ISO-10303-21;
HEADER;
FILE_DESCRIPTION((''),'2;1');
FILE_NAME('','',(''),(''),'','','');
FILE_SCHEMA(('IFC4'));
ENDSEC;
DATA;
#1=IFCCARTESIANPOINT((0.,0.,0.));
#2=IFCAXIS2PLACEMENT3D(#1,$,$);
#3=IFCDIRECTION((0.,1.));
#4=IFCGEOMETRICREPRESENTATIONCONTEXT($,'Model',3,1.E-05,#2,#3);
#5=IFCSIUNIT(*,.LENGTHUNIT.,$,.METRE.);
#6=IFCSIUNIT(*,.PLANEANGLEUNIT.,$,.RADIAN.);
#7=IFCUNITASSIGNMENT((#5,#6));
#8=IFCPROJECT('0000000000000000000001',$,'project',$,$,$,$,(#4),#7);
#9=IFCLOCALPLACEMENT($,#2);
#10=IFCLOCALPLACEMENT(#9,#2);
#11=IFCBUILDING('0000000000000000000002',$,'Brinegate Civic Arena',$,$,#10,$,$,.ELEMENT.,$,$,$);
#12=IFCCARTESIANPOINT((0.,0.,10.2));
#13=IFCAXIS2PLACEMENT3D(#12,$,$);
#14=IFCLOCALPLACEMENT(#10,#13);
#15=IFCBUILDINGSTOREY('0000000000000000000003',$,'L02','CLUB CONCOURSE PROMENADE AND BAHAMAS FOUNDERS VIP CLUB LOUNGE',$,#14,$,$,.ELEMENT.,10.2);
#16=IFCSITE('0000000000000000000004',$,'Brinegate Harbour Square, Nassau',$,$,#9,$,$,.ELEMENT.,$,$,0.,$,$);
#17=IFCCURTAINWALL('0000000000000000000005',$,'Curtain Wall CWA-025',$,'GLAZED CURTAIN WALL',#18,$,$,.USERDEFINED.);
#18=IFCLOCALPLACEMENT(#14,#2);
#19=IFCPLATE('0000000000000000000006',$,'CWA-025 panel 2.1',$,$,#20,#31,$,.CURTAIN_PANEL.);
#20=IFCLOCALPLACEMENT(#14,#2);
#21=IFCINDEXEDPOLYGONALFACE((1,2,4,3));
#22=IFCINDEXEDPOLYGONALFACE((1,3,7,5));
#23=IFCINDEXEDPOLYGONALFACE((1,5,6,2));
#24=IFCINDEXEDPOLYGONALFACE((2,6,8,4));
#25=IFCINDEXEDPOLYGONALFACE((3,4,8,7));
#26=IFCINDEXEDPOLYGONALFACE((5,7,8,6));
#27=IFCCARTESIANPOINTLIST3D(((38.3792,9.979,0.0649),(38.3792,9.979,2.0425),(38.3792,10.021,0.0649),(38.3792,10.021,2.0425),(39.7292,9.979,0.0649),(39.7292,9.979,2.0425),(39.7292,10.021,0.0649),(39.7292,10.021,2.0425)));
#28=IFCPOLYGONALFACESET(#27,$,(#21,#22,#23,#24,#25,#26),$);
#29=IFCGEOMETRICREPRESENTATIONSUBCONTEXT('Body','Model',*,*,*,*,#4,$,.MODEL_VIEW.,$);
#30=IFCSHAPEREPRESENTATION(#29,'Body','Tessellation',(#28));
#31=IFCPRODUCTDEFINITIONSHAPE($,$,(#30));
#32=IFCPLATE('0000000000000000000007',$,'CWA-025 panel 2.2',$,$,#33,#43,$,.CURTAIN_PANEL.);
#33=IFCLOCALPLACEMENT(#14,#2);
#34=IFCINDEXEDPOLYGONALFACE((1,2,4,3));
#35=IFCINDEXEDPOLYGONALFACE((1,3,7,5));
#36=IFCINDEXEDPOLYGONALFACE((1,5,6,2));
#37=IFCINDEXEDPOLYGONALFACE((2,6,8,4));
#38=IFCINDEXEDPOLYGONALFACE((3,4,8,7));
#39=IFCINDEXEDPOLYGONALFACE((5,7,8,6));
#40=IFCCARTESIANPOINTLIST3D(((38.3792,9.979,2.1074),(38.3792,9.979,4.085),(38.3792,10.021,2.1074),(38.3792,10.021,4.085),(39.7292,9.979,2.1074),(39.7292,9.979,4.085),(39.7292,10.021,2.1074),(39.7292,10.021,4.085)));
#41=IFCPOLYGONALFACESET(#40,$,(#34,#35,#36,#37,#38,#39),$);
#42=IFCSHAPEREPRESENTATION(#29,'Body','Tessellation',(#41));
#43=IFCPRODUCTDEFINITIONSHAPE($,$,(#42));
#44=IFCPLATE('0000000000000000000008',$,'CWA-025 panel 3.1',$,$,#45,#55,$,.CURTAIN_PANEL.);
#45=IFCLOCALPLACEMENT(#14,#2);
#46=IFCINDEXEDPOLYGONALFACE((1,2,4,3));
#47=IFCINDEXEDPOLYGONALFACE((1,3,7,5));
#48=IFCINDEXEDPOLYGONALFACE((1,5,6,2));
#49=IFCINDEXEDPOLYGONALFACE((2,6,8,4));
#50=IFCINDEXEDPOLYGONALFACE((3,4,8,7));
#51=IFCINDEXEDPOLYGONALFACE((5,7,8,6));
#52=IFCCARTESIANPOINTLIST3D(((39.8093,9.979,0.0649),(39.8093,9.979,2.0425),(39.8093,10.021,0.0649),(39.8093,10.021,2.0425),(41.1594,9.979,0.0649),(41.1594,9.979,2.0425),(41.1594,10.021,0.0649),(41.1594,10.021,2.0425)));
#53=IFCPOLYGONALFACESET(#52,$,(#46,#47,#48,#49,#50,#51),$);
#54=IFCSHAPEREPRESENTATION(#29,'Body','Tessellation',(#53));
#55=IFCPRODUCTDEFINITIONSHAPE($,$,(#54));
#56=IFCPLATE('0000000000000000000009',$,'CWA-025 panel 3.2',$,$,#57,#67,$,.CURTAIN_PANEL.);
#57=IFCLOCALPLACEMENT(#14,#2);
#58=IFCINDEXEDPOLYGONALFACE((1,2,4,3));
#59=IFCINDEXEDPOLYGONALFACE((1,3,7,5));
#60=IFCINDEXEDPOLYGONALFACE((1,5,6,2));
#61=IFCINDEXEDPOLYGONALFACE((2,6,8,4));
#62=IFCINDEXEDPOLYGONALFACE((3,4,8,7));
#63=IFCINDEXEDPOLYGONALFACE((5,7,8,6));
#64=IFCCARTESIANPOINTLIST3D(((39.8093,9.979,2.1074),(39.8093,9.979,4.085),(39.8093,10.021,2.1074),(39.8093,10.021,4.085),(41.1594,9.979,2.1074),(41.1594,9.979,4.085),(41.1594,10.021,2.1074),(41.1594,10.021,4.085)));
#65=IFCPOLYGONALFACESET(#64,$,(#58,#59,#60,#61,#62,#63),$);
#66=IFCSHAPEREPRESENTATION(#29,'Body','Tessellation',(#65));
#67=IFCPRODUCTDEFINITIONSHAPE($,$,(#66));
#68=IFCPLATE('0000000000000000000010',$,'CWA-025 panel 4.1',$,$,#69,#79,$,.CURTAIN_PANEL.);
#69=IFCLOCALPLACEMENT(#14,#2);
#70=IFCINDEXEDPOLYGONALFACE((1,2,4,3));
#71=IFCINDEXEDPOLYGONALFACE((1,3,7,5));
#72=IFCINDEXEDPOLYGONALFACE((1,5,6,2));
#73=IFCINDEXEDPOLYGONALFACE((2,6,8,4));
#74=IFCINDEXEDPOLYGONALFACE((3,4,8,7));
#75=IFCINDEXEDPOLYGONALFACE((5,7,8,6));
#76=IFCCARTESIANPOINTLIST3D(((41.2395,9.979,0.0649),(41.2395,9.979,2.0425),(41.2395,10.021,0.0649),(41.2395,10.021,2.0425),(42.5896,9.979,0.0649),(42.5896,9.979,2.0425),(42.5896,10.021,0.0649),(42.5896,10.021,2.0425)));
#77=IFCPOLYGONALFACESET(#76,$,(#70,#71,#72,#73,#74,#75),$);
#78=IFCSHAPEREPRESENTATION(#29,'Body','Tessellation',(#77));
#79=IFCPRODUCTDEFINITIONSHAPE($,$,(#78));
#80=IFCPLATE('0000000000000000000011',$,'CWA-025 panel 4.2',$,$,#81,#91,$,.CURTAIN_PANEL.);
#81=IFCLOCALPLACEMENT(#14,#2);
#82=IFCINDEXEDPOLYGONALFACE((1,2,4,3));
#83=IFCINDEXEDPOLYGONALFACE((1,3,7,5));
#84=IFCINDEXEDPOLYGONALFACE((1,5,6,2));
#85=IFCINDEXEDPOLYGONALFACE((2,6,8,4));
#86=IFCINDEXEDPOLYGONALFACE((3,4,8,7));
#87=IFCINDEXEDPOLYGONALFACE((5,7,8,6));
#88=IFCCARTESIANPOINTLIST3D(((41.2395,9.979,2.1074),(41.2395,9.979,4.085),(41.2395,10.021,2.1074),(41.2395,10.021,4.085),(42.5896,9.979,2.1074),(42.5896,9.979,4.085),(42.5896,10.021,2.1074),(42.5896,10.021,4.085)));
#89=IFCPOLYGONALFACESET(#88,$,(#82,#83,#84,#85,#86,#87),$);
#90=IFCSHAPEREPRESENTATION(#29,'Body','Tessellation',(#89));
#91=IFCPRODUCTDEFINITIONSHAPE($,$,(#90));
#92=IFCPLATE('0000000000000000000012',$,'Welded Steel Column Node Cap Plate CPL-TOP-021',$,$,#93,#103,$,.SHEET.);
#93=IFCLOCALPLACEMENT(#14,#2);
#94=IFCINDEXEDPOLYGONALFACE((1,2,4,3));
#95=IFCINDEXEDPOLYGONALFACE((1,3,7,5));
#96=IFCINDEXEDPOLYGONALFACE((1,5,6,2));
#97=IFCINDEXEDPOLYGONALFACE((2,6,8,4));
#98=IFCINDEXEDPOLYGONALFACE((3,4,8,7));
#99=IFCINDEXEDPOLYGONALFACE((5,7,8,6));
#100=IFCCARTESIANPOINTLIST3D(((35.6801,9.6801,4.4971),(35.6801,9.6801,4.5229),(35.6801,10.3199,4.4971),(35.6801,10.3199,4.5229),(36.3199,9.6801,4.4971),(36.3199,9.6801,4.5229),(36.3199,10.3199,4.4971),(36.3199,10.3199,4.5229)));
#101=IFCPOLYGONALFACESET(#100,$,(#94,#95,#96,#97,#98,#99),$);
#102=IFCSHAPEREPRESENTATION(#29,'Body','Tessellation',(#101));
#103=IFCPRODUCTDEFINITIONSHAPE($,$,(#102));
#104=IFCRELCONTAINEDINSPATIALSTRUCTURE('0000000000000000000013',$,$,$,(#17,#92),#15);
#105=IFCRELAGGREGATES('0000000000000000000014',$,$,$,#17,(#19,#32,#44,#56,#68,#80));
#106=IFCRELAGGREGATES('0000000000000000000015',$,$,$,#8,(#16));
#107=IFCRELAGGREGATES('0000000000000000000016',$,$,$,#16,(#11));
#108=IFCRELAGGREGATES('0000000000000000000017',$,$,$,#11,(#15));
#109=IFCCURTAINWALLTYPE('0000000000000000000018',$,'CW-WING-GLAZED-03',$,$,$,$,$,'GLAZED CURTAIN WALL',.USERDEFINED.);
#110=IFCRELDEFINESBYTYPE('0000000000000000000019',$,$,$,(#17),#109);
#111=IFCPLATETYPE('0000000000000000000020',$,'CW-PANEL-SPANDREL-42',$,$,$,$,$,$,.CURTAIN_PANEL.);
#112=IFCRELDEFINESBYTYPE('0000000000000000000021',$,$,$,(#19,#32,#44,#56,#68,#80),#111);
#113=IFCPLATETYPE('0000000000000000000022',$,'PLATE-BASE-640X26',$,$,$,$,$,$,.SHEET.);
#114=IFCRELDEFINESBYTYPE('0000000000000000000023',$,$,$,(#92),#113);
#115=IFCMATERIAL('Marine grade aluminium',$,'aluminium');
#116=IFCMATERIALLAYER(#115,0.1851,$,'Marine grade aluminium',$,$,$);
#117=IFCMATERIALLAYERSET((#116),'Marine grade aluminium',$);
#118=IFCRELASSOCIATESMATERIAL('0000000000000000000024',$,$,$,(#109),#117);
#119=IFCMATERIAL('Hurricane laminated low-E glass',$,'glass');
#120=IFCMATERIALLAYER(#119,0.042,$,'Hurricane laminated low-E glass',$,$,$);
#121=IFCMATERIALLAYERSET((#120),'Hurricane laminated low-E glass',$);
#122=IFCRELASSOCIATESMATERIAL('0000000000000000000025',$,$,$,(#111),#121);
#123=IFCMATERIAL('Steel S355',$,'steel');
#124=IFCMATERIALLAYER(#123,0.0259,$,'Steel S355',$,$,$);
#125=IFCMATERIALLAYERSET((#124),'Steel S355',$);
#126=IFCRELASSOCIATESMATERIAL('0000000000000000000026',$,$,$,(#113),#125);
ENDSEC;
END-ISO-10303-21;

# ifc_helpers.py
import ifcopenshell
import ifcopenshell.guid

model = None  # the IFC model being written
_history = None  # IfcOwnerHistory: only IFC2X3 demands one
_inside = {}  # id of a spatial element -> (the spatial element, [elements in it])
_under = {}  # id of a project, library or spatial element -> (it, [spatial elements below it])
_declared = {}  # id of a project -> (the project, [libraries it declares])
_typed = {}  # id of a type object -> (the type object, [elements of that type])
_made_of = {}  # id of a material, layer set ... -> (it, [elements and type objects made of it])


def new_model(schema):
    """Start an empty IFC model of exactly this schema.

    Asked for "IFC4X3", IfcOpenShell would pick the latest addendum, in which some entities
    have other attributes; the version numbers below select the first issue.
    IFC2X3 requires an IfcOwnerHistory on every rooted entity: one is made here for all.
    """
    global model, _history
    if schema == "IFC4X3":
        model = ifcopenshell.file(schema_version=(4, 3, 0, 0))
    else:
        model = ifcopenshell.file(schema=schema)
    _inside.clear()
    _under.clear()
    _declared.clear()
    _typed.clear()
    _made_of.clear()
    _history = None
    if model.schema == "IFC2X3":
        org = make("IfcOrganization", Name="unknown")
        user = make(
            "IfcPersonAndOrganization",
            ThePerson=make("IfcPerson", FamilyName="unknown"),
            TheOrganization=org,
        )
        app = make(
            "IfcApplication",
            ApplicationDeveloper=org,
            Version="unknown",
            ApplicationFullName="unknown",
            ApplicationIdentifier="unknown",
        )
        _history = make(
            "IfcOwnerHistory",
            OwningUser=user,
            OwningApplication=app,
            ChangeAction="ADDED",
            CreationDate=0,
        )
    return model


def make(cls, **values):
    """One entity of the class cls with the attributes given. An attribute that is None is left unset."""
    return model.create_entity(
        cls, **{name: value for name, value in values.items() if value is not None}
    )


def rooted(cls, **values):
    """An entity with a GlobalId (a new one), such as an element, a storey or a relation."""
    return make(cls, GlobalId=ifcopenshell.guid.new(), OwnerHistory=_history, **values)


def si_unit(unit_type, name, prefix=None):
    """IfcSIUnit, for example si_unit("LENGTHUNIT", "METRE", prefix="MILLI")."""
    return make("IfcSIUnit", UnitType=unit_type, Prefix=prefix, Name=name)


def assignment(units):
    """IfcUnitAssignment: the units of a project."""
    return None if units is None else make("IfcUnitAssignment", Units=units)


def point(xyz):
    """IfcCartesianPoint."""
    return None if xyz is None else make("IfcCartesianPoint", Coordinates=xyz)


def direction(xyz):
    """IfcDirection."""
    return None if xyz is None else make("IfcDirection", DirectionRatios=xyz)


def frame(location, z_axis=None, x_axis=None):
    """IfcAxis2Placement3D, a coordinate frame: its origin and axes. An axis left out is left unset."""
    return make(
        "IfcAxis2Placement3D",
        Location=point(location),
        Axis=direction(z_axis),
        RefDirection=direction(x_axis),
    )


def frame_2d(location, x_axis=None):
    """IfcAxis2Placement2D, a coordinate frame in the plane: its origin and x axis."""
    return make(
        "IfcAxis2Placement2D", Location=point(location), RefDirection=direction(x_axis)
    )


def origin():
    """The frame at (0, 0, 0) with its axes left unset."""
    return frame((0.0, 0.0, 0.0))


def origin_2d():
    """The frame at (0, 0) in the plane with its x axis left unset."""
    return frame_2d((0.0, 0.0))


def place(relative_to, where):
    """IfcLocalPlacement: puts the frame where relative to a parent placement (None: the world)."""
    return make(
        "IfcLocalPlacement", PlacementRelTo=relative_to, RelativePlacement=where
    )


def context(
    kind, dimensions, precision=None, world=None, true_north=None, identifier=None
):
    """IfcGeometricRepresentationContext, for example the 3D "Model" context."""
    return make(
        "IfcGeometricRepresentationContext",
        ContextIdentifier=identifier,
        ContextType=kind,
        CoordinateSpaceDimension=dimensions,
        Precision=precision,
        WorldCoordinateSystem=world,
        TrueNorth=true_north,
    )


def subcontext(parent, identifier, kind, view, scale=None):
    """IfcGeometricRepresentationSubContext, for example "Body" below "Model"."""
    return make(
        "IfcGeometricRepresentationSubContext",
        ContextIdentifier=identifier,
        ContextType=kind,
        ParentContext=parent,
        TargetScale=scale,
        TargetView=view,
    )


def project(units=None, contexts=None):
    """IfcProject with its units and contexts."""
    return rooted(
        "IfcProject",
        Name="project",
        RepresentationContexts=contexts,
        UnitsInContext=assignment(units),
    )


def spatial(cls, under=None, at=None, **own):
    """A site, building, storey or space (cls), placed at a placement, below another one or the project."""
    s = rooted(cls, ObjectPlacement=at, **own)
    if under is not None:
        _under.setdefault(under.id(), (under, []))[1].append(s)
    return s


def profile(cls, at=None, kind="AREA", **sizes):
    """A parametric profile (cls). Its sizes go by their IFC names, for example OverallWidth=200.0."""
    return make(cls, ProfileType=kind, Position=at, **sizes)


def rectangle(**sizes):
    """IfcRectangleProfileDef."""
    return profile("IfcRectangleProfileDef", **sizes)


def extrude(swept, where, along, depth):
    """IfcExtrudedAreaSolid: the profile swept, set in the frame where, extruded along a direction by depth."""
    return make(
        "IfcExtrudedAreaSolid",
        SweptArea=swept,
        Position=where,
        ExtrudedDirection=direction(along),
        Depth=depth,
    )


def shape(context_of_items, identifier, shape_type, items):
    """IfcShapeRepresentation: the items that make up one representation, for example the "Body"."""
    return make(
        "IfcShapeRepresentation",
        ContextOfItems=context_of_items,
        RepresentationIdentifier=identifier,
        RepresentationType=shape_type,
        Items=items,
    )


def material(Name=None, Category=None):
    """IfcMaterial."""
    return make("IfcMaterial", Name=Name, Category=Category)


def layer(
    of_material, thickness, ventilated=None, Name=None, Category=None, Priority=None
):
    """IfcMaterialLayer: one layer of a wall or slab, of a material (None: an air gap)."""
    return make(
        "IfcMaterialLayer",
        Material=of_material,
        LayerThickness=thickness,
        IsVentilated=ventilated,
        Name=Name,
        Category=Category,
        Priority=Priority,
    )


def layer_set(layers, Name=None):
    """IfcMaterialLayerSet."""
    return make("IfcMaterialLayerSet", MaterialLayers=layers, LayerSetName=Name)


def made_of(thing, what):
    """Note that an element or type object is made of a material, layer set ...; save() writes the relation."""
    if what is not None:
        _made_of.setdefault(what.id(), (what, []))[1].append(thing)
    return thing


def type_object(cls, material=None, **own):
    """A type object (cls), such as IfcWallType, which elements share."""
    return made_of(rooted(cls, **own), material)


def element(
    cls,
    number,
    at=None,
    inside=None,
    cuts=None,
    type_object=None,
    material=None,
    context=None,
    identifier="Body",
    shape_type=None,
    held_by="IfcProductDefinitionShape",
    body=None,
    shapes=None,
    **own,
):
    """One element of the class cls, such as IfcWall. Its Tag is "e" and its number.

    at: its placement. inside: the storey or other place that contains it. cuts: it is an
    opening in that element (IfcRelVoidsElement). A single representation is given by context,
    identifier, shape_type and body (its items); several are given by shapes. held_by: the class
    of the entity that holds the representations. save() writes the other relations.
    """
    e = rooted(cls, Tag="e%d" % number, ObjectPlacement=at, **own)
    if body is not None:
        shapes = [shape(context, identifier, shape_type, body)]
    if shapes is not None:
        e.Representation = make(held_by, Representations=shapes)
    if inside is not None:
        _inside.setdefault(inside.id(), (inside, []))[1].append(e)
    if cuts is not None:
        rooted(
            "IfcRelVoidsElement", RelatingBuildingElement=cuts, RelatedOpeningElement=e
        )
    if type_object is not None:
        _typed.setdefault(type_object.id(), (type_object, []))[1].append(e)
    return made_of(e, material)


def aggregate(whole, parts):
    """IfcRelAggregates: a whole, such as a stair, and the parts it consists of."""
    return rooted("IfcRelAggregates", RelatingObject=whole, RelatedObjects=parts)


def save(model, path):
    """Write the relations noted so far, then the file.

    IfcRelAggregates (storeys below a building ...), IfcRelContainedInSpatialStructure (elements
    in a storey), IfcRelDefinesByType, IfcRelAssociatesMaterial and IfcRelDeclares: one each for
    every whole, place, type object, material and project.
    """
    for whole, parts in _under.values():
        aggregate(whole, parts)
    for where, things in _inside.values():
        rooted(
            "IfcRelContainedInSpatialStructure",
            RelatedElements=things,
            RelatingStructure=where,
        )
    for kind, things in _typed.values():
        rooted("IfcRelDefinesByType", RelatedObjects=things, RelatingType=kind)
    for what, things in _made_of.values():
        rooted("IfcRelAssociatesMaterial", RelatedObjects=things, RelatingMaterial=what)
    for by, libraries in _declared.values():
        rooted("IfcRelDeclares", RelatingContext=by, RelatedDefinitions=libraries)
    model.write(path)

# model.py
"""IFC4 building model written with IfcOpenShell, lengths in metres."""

from ifc_helpers import new_model, si_unit, direction, frame, origin, origin_2d, place, context, subcontext, project, spatial, rectangle, extrude, material, layer, layer_set, type_object, element, aggregate, save


model = new_model("IFC4")

# Units and contexts
model_context = context("Model", 3, precision=1e-05, world=origin(), true_north=direction((0.0, 1.0)))
body_context = subcontext(model_context, "Body", "Model", "MODEL_VIEW")
ifc_project = project(units=[si_unit("LENGTHUNIT", "METRE"), si_unit("PLANEANGLEUNIT", "RADIAN")], contexts=[model_context])

# Site, building, storey
site_placement = place(None, origin())
site = spatial("IfcSite", under=ifc_project, at=site_placement, Name="Brinegate Harbour Square, Nassau", CompositionType="ELEMENT", RefElevation=0.0)
building_placement = place(site_placement, origin())
building = spatial("IfcBuilding", under=site, at=building_placement, Name="Brinegate Civic Arena", CompositionType="ELEMENT")
storey_placement = place(building_placement, frame((0.0, 0.0, 10.2)))
storey = spatial("IfcBuildingStorey", under=building, at=storey_placement, Name="L02", Description="CLUB CONCOURSE PROMENADE AND BAHAMAS FOUNDERS VIP CLUB LOUNGE", CompositionType="ELEMENT", Elevation=10.2)

# Shared definitions
ifc_material_1 = material(Name="Steel S355", Category="steel")

# Curtain wall
ifc_material_2 = material(Name="Marine grade aluminium", Category="aluminium")
ifc_layer_1 = layer(ifc_material_2, 0.1851, Name="Marine grade aluminium")
ifc_layer_set_1 = layer_set([ifc_layer_1], Name="Marine grade aluminium")
curtain_wall_type = type_object("IfcCurtainWallType", Name="CW-WING-GLAZED-03", ElementType="GLAZED CURTAIN WALL", PredefinedType="USERDEFINED", material=ifc_layer_set_1)
curtain_wall_1_placement = place(storey_placement, origin())
curtain_wall_1 = element("IfcCurtainWall", 1, at=curtain_wall_1_placement, inside=storey, type_object=curtain_wall_type, Name="Curtain Wall CWA-025", ObjectType="GLAZED CURTAIN WALL", PredefinedType="USERDEFINED")

# Plates
ifc_material_3 = material(Name="Hurricane laminated low-E glass", Category="glass")
ifc_layer_2 = layer(ifc_material_3, 0.042, Name="Hurricane laminated low-E glass")
ifc_layer_set_2 = layer_set([ifc_layer_2], Name="Hurricane laminated low-E glass")
plate_type_1 = type_object("IfcPlateType", Name="CW-PANEL-SPANDREL-42", PredefinedType="CURTAIN_PANEL", material=ifc_layer_set_2)
plate_1_placement = place(storey_placement, frame((39.0542, 10.0, 0.0649), z_axis=(0.0, 0.0, 1.0), x_axis=(1.0, 0.0, 0.0)))
plate_1 = element("IfcPlate", 2, at=plate_1_placement, type_object=plate_type_1, Name="CWA-025 panel 2.1", PredefinedType="CURTAIN_PANEL", context=body_context, shape_type="SweptSolid", body=[
    extrude(rectangle(XDim=1.3501, YDim=0.042, at=origin_2d()), origin(), (0.0, 0.0, 1.0), 1.9775),
])
plate_2_placement = place(storey_placement, frame((39.0542, 10.0, 2.1074), z_axis=(0.0, 0.0, 1.0), x_axis=(1.0, 0.0, 0.0)))
plate_2 = element("IfcPlate", 3, at=plate_2_placement, type_object=plate_type_1, Name="CWA-025 panel 2.2", PredefinedType="CURTAIN_PANEL", context=body_context, shape_type="SweptSolid", body=[
    extrude(rectangle(XDim=1.3501, YDim=0.042, at=origin_2d()), origin(), (0.0, 0.0, 1.0), 1.9775),
])
plate_3_placement = place(storey_placement, frame((40.4844, 10.0, 0.0649), z_axis=(0.0, 0.0, 1.0), x_axis=(1.0, 0.0, 0.0)))
plate_3 = element("IfcPlate", 4, at=plate_3_placement, type_object=plate_type_1, Name="CWA-025 panel 3.1", PredefinedType="CURTAIN_PANEL", context=body_context, shape_type="SweptSolid", body=[
    extrude(rectangle(XDim=1.3501, YDim=0.042, at=origin_2d()), origin(), (0.0, 0.0, 1.0), 1.9775),
])
plate_4_placement = place(storey_placement, frame((40.4844, 10.0, 2.1074), z_axis=(0.0, 0.0, 1.0), x_axis=(1.0, 0.0, 0.0)))
plate_4 = element("IfcPlate", 5, at=plate_4_placement, type_object=plate_type_1, Name="CWA-025 panel 3.2", PredefinedType="CURTAIN_PANEL", context=body_context, shape_type="SweptSolid", body=[
    extrude(rectangle(XDim=1.3501, YDim=0.042, at=origin_2d()), origin(), (0.0, 0.0, 1.0), 1.9775),
])
plate_5_placement = place(storey_placement, frame((41.9146, 10.0, 0.0649), z_axis=(0.0, 0.0, 1.0), x_axis=(1.0, 0.0, 0.0)))
plate_5 = element("IfcPlate", 6, at=plate_5_placement, type_object=plate_type_1, Name="CWA-025 panel 4.1", PredefinedType="CURTAIN_PANEL", context=body_context, shape_type="SweptSolid", body=[
    extrude(rectangle(XDim=1.3501, YDim=0.042, at=origin_2d()), origin(), (0.0, 0.0, 1.0), 1.9775),
])
plate_6_placement = place(storey_placement, frame((41.9146, 10.0, 2.1074), z_axis=(0.0, 0.0, 1.0), x_axis=(1.0, 0.0, 0.0)))
plate_6 = element("IfcPlate", 7, at=plate_6_placement, type_object=plate_type_1, Name="CWA-025 panel 4.2", PredefinedType="CURTAIN_PANEL", context=body_context, shape_type="SweptSolid", body=[
    extrude(rectangle(XDim=1.3501, YDim=0.042, at=origin_2d()), origin(), (0.0, 0.0, 1.0), 1.9775),
])
aggregate(curtain_wall_1, [plate_1, plate_2, plate_3, plate_4, plate_5, plate_6])
ifc_layer_3 = layer(ifc_material_1, 0.0259, Name="Steel S355")
ifc_layer_set_3 = layer_set([ifc_layer_3], Name="Steel S355")
plate_type_2 = type_object("IfcPlateType", Name="PLATE-BASE-640X26", PredefinedType="SHEET", material=ifc_layer_set_3)
plate_7_placement = place(storey_placement, frame((36.0, 10.0, 4.4971), z_axis=(0.0, 0.0, 1.0), x_axis=(1.0, 0.0, 0.0)))
element("IfcPlate", 8, at=plate_7_placement, inside=storey, type_object=plate_type_2, Name="Welded Steel Column Node Cap Plate CPL-TOP-021", PredefinedType="SHEET", context=body_context, shape_type="SweptSolid", body=[
    extrude(rectangle(XDim=0.6399, YDim=0.6399, at=origin_2d()), origin(), (0.0, 0.0, 1.0), 0.0259),
])

save(model, "model.ifc")
